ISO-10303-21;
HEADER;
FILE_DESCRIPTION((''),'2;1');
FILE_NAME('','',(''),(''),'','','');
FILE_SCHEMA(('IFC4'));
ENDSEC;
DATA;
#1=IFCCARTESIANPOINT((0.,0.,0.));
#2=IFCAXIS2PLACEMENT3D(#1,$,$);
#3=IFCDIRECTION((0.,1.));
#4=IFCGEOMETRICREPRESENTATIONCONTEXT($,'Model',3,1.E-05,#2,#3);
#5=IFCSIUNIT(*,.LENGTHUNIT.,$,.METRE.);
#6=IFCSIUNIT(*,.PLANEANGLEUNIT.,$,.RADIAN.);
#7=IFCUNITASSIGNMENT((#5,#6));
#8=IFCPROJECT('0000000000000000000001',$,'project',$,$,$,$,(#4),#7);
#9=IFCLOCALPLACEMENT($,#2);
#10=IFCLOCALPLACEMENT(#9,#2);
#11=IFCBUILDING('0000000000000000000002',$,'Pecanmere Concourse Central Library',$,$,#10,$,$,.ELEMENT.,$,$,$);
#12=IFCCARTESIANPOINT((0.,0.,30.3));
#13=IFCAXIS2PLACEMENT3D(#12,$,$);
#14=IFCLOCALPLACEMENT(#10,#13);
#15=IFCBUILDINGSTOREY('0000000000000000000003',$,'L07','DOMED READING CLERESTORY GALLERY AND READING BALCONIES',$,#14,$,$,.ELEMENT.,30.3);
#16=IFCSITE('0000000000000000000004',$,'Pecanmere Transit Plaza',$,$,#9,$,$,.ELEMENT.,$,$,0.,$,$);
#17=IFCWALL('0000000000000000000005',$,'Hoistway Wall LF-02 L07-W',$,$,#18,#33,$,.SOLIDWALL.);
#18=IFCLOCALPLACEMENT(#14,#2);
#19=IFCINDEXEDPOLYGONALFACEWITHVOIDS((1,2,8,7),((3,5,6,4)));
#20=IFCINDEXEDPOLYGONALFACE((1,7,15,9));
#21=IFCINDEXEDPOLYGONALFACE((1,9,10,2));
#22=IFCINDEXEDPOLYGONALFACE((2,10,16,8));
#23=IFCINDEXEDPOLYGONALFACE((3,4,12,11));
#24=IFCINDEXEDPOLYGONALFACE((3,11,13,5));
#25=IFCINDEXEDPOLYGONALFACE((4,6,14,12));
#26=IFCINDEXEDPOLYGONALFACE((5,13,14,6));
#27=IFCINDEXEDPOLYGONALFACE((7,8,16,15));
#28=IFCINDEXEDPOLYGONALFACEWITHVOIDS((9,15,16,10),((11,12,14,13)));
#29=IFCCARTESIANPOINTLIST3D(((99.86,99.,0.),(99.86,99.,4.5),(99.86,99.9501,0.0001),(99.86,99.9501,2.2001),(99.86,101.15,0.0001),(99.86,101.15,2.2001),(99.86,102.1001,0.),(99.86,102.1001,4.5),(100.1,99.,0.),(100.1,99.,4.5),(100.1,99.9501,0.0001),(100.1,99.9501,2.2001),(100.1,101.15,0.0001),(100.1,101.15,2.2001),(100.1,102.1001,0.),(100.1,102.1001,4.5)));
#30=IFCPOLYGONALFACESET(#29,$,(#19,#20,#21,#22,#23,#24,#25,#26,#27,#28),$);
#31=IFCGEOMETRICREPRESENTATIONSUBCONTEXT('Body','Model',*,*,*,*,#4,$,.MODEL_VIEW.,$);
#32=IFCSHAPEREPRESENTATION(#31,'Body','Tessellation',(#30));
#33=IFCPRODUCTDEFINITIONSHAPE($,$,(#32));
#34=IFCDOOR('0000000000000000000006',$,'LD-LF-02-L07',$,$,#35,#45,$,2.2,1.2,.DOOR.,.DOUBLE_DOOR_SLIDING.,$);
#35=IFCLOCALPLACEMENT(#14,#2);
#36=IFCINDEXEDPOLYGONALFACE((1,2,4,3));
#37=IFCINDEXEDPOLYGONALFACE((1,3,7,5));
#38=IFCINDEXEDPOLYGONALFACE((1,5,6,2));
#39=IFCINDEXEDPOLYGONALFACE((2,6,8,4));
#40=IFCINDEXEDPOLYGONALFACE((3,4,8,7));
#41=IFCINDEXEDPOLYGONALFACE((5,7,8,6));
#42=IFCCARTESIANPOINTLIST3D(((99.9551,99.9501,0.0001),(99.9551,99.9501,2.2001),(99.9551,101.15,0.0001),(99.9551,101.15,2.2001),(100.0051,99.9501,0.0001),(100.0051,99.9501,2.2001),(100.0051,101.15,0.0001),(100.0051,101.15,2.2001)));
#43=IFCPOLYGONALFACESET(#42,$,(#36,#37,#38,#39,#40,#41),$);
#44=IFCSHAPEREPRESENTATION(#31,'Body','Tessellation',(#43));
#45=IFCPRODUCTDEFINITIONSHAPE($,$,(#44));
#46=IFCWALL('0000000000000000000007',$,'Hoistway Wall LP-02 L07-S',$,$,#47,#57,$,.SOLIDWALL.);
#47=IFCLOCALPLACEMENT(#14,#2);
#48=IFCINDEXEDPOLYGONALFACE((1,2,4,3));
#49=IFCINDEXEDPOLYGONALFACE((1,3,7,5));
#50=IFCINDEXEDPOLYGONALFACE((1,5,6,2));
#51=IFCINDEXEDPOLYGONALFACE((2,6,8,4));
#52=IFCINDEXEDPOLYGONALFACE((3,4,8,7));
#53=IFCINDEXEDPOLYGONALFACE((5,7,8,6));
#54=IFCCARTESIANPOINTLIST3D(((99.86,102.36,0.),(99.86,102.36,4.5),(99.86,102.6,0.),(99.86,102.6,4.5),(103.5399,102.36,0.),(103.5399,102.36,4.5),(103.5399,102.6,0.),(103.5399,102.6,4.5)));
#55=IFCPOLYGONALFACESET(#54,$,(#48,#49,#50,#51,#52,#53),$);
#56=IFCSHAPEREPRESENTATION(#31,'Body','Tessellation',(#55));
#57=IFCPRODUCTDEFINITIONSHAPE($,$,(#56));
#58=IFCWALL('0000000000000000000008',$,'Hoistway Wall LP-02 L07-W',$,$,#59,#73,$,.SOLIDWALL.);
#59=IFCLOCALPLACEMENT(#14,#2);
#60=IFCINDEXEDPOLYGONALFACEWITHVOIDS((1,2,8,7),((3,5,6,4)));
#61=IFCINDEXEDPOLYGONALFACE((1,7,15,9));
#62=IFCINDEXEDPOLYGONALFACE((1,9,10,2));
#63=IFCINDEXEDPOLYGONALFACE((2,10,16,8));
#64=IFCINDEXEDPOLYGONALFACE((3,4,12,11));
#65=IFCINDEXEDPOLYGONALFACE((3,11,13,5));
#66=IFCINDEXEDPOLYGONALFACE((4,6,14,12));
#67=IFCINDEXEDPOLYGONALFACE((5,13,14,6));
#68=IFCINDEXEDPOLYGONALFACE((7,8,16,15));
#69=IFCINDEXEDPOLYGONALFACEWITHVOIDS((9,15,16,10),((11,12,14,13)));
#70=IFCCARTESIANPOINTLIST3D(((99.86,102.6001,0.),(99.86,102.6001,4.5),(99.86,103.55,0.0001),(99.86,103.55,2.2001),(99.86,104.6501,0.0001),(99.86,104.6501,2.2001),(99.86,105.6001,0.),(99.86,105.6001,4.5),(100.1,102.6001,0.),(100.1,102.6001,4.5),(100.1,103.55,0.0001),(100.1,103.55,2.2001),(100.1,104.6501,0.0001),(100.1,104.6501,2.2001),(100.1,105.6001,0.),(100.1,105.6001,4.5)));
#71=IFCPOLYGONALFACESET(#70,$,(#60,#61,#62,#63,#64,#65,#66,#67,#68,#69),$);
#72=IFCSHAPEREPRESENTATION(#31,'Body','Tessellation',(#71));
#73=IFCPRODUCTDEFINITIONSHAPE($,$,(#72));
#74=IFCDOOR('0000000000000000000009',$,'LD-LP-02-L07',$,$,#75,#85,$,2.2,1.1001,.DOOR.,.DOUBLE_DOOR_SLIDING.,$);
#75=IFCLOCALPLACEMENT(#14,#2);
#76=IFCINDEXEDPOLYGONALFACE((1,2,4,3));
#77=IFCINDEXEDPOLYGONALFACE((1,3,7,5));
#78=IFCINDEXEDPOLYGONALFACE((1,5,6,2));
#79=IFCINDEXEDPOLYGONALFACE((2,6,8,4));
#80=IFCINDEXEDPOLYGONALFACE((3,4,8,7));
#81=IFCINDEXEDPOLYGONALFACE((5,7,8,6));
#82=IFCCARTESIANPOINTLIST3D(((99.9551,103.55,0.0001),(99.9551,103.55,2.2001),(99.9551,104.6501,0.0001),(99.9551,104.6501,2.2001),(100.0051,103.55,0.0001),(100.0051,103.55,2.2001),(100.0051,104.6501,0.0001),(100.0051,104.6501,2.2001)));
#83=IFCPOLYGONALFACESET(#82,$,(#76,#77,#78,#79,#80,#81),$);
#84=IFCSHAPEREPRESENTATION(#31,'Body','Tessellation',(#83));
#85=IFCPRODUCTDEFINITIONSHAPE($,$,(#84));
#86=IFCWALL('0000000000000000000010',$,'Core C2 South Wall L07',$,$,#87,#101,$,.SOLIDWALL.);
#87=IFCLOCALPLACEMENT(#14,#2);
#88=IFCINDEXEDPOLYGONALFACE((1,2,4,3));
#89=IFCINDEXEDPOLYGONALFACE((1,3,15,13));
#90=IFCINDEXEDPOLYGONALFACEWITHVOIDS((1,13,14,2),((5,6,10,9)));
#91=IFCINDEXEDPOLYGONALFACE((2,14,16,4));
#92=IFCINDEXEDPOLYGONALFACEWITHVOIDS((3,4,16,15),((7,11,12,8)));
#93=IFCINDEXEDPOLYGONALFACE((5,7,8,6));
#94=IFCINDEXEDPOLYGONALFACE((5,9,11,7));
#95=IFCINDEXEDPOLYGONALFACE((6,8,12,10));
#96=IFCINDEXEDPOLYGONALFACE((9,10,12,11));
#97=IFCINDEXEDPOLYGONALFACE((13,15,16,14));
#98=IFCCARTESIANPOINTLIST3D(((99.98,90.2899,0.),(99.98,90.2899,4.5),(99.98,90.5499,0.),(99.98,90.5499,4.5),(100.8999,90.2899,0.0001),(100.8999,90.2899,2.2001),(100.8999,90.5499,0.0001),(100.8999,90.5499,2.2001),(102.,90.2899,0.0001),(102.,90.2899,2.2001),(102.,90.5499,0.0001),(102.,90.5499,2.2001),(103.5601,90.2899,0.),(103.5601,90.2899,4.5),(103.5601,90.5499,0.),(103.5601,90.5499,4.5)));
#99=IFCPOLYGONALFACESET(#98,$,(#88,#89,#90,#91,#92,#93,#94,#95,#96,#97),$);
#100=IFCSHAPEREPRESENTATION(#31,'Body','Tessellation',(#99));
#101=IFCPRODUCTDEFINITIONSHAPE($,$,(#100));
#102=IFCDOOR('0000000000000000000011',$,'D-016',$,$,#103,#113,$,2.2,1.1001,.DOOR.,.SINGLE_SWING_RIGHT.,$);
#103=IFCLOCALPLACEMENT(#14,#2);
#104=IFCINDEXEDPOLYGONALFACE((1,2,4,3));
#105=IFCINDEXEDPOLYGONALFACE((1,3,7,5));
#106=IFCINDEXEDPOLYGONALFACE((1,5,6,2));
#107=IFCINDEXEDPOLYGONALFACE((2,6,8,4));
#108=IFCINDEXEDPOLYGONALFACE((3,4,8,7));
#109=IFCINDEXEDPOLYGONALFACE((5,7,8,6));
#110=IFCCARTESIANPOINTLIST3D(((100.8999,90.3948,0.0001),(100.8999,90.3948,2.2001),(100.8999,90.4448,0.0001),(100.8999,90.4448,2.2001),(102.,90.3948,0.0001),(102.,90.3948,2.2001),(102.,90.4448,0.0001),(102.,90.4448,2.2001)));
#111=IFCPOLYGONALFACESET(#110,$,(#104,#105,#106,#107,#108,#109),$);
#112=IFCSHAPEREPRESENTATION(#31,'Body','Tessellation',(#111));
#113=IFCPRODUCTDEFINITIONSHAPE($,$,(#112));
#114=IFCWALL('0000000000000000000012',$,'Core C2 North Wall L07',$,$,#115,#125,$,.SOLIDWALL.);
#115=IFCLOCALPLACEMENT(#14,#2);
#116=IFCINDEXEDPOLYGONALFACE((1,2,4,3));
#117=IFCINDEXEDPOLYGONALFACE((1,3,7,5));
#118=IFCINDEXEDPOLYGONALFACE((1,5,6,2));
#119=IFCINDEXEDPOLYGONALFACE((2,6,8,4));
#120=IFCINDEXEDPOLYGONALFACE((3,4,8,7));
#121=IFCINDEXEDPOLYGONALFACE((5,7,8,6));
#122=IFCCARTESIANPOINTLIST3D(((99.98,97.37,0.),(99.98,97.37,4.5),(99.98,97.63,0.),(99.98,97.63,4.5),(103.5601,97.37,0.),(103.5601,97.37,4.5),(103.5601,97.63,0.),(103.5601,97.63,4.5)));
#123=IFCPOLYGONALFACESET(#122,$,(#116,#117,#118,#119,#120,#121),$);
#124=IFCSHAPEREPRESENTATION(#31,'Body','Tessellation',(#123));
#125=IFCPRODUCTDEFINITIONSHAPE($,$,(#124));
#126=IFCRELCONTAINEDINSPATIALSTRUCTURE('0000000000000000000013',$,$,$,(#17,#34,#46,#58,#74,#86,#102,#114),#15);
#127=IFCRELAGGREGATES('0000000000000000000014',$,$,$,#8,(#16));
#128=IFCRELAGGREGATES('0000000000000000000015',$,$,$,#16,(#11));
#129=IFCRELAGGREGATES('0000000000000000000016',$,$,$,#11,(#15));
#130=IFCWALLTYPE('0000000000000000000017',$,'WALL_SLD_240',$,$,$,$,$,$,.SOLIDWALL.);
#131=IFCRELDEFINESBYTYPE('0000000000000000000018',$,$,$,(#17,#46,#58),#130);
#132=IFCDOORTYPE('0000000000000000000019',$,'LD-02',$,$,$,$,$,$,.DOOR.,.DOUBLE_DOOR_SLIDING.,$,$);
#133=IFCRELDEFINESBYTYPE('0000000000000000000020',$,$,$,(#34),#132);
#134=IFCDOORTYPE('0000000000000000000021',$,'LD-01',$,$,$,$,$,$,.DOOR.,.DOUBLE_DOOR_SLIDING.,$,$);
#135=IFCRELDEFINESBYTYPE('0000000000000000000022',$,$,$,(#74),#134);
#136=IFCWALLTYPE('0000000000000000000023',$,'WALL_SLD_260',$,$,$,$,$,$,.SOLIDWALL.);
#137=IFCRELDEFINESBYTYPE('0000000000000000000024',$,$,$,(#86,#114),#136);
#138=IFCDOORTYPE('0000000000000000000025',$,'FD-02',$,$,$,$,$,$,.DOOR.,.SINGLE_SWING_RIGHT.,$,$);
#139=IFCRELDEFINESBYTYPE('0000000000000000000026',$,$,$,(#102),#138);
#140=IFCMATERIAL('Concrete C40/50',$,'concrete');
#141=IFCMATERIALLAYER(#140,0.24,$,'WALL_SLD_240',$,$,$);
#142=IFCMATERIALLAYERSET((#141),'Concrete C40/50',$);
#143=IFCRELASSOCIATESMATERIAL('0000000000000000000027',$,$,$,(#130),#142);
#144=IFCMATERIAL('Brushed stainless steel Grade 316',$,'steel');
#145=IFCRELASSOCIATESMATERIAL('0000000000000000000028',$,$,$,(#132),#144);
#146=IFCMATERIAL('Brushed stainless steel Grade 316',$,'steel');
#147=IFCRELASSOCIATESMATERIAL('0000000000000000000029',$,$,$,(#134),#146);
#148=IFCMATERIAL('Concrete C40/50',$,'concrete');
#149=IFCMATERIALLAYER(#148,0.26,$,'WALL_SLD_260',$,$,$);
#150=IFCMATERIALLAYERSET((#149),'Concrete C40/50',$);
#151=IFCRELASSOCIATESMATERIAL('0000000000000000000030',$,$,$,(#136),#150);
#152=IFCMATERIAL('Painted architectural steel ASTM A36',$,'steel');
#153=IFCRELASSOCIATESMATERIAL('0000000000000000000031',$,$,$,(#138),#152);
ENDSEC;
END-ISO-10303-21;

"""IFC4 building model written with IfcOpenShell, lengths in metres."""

from ifc_helpers import new_model, si_unit, direction, frame, frame_2d, origin, place, context, subcontext, project, spatial, rectangle, extrude, material, layer, layer_set, type_object, element, fill, save


model = new_model("IFC4")

# Units and contexts
model_context = context("Model", 3, precision=1e-05, world=origin(), true_north=direction((0.0, 1.0)))
body_context = subcontext(model_context, "Body", "Model", "MODEL_VIEW")
ifc_project = project(units=[si_unit("LENGTHUNIT", "METRE"), si_unit("PLANEANGLEUNIT", "RADIAN")], contexts=[model_context])

# Site, building, storey
site_placement = place(None, origin())
site = spatial("IfcSite", under=ifc_project, at=site_placement, Name="Pecanmere Transit Plaza", CompositionType="ELEMENT", RefElevation=0.0)
building_placement = place(site_placement, origin())
building = spatial("IfcBuilding", under=site, at=building_placement, Name="Pecanmere Concourse Central Library", CompositionType="ELEMENT")
storey_placement = place(building_placement, frame((0.0, 0.0, 30.3)))
storey = spatial("IfcBuildingStorey", under=building, at=storey_placement, Name="L07", Description="DOMED READING CLERESTORY GALLERY AND READING BALCONIES", CompositionType="ELEMENT", Elevation=30.3)

# Shared definitions
ifc_material_1 = material(Name="Concrete C40/50", Category="concrete")
ifc_layer_1 = layer(ifc_material_1, 0.24, Name="WALL_SLD_240")
ifc_layer_set_1 = layer_set([ifc_layer_1], Name="Concrete C40/50")
wall_type_1 = type_object("IfcWallType", Name="WALL_SLD_240", PredefinedType="SOLIDWALL", material=ifc_layer_set_1)

# Wall, opening, door
wall_1_placement = place(storey_placement, frame((99.98, 99.0, 0.0), z_axis=(0.0, 0.0, 1.0), x_axis=(0.0, 1.0, 0.0)))
wall_1 = element("IfcWall", 1, at=wall_1_placement, inside=storey, type_object=wall_type_1, Name="Hoistway Wall LF-02 L07-W", PredefinedType="SOLIDWALL", context=body_context, shape_type="SweptSolid", body=[
    extrude(rectangle(XDim=3.1001, YDim=0.24, at=frame_2d((1.55, 0.0))), origin(), (0.0, 0.0, 1.0), 4.5),
])
opening_1_placement = place(wall_1_placement, frame((0.95, 0.0, 0.0)))
opening_1 = element("IfcOpeningElement", 2, at=opening_1_placement, cuts=wall_1, PredefinedType="OPENING", context=body_context, shape_type="SweptSolid", body=[
    extrude(rectangle(XDim=1.2, YDim=2.2, at=frame_2d((0.6001, 1.1001))), frame((0.0, 0.1318, 0.0), z_axis=(0.0, -1.0, 0.0), x_axis=(1.0, 0.0, 0.0)), (0.0, 0.0, 1.0), 0.2639),
])
ifc_material_2 = material(Name="Brushed stainless steel Grade 316", Category="steel")
door_type_1 = type_object("IfcDoorType", Name="LD-02", OperationType="DOUBLE_DOOR_SLIDING", PredefinedType="DOOR", material=ifc_material_2)
door_1_placement = place(opening_1_placement, origin())
door_1 = element("IfcDoor", 3, at=door_1_placement, inside=storey, type_object=door_type_1, Name="LD-LF-02-L07", OperationType="DOUBLE_DOOR_SLIDING", OverallHeight=2.2, OverallWidth=1.2, PredefinedType="DOOR", context=body_context, shape_type="SweptSolid", body=[
    extrude(rectangle(XDim=1.2, YDim=2.2, at=frame_2d((0.6001, 1.1001))), frame((0.0, 0.0249, 0.0), z_axis=(0.0, -1.0, 0.0), x_axis=(1.0, 0.0, 0.0)), (0.0, 0.0, 1.0), 0.05),
])
fill(opening_1, door_1)

# Wall
wall_2_placement = place(storey_placement, frame((99.8601, 102.48, 0.0), z_axis=(0.0, 0.0, 1.0), x_axis=(1.0, 0.0, 0.0)))
element("IfcWall", 4, at=wall_2_placement, inside=storey, type_object=wall_type_1, Name="Hoistway Wall LP-02 L07-S", PredefinedType="SOLIDWALL", context=body_context, shape_type="SweptSolid", body=[
    extrude(rectangle(XDim=3.6799, YDim=0.24, at=frame_2d((1.8398, 0.0))), origin(), (0.0, 0.0, 1.0), 4.5),
])

# Walls, openings, doors
wall_3_placement = place(storey_placement, frame((99.98, 102.6001, 0.0), z_axis=(0.0, 0.0, 1.0), x_axis=(0.0, 1.0, 0.0)))
wall_3 = element("IfcWall", 5, at=wall_3_placement, inside=storey, type_object=wall_type_1, Name="Hoistway Wall LP-02 L07-W", PredefinedType="SOLIDWALL", context=body_context, shape_type="SweptSolid", body=[
    extrude(rectangle(XDim=3.0, YDim=0.24, at=frame_2d((1.5, 0.0))), origin(), (0.0, 0.0, 1.0), 4.5),
])
opening_2_placement = place(wall_3_placement, frame((0.95, 0.0, 0.0)))
opening_2 = element("IfcOpeningElement", 6, at=opening_2_placement, cuts=wall_3, PredefinedType="OPENING", context=body_context, shape_type="SweptSolid", body=[
    extrude(rectangle(XDim=1.1001, YDim=2.2, at=frame_2d((0.55, 1.1001))), frame((0.0, 0.1318, 0.0), z_axis=(0.0, -1.0, 0.0), x_axis=(1.0, 0.0, 0.0)), (0.0, 0.0, 1.0), 0.2639),
])
ifc_material_3 = material(Name="Brushed stainless steel Grade 316", Category="steel")
door_type_2 = type_object("IfcDoorType", Name="LD-01", OperationType="DOUBLE_DOOR_SLIDING", PredefinedType="DOOR", material=ifc_material_3)
door_2_placement = place(opening_2_placement, origin())
door_2 = element("IfcDoor", 7, at=door_2_placement, inside=storey, type_object=door_type_2, Name="LD-LP-02-L07", OperationType="DOUBLE_DOOR_SLIDING", OverallHeight=2.2, OverallWidth=1.1001, PredefinedType="DOOR", context=body_context, shape_type="SweptSolid", body=[
    extrude(rectangle(XDim=1.1001, YDim=2.2, at=frame_2d((0.55, 1.1001))), frame((0.0, 0.0249, 0.0), z_axis=(0.0, -1.0, 0.0), x_axis=(1.0, 0.0, 0.0)), (0.0, 0.0, 1.0), 0.05),
])
fill(opening_2, door_2)
ifc_material_4 = material(Name="Concrete C40/50", Category="concrete")
ifc_layer_2 = layer(ifc_material_4, 0.26, Name="WALL_SLD_260")
ifc_layer_set_2 = layer_set([ifc_layer_2], Name="Concrete C40/50")
wall_type_2 = type_object("IfcWallType", Name="WALL_SLD_260", PredefinedType="SOLIDWALL", material=ifc_layer_set_2)
wall_4_placement = place(storey_placement, frame((99.98, 90.4199, 0.0), z_axis=(0.0, 0.0, 1.0), x_axis=(1.0, 0.0, 0.0)))
wall_4 = element("IfcWall", 8, at=wall_4_placement, inside=storey, type_object=wall_type_2, Name="Core C2 South Wall L07", PredefinedType="SOLIDWALL", context=body_context, shape_type="SweptSolid", body=[
    extrude(rectangle(XDim=3.5801, YDim=0.26, at=frame_2d((1.79, 0.0))), origin(), (0.0, 0.0, 1.0), 4.5),
])
opening_3_placement = place(wall_4_placement, frame((0.9199, 0.0, 0.0)))
opening_3 = element("IfcOpeningElement", 9, at=opening_3_placement, cuts=wall_4, PredefinedType="OPENING", context=body_context, shape_type="SweptSolid", body=[
    extrude(rectangle(XDim=1.1001, YDim=2.2, at=frame_2d((0.55, 1.1001))), frame((0.0, 0.1421, 0.0), z_axis=(0.0, -1.0, 0.0), x_axis=(1.0, 0.0, 0.0)), (0.0, 0.0, 1.0), 0.2839),
])
ifc_material_5 = material(Name="Painted architectural steel ASTM A36", Category="steel")
door_type_3 = type_object("IfcDoorType", Name="FD-02", OperationType="SINGLE_SWING_RIGHT", PredefinedType="DOOR", material=ifc_material_5)
door_3_placement = place(opening_3_placement, origin())
door_3 = element("IfcDoor", 10, at=door_3_placement, inside=storey, type_object=door_type_3, Name="D-016", OperationType="SINGLE_SWING_RIGHT", OverallHeight=2.2, OverallWidth=1.1001, PredefinedType="DOOR", context=body_context, shape_type="SweptSolid", body=[
    extrude(rectangle(XDim=1.1001, YDim=2.2, at=frame_2d((0.55, 1.1001))), frame((0.0, 0.0249, 0.0), z_axis=(0.0, -1.0, 0.0), x_axis=(1.0, 0.0, 0.0)), (0.0, 0.0, 1.0), 0.05),
])
fill(opening_3, door_3)

# Wall
wall_5_placement = place(storey_placement, frame((99.98, 97.5, 0.0), z_axis=(0.0, 0.0, 1.0), x_axis=(1.0, 0.0, 0.0)))
element("IfcWall", 11, at=wall_5_placement, inside=storey, type_object=wall_type_2, Name="Core C2 North Wall L07", PredefinedType="SOLIDWALL", context=body_context, shape_type="SweptSolid", body=[
    extrude(rectangle(XDim=3.5801, YDim=0.26, at=frame_2d((1.79, 0.0))), origin(), (0.0, 0.0, 1.0), 4.5),
])

save(model, "model.ifc")
